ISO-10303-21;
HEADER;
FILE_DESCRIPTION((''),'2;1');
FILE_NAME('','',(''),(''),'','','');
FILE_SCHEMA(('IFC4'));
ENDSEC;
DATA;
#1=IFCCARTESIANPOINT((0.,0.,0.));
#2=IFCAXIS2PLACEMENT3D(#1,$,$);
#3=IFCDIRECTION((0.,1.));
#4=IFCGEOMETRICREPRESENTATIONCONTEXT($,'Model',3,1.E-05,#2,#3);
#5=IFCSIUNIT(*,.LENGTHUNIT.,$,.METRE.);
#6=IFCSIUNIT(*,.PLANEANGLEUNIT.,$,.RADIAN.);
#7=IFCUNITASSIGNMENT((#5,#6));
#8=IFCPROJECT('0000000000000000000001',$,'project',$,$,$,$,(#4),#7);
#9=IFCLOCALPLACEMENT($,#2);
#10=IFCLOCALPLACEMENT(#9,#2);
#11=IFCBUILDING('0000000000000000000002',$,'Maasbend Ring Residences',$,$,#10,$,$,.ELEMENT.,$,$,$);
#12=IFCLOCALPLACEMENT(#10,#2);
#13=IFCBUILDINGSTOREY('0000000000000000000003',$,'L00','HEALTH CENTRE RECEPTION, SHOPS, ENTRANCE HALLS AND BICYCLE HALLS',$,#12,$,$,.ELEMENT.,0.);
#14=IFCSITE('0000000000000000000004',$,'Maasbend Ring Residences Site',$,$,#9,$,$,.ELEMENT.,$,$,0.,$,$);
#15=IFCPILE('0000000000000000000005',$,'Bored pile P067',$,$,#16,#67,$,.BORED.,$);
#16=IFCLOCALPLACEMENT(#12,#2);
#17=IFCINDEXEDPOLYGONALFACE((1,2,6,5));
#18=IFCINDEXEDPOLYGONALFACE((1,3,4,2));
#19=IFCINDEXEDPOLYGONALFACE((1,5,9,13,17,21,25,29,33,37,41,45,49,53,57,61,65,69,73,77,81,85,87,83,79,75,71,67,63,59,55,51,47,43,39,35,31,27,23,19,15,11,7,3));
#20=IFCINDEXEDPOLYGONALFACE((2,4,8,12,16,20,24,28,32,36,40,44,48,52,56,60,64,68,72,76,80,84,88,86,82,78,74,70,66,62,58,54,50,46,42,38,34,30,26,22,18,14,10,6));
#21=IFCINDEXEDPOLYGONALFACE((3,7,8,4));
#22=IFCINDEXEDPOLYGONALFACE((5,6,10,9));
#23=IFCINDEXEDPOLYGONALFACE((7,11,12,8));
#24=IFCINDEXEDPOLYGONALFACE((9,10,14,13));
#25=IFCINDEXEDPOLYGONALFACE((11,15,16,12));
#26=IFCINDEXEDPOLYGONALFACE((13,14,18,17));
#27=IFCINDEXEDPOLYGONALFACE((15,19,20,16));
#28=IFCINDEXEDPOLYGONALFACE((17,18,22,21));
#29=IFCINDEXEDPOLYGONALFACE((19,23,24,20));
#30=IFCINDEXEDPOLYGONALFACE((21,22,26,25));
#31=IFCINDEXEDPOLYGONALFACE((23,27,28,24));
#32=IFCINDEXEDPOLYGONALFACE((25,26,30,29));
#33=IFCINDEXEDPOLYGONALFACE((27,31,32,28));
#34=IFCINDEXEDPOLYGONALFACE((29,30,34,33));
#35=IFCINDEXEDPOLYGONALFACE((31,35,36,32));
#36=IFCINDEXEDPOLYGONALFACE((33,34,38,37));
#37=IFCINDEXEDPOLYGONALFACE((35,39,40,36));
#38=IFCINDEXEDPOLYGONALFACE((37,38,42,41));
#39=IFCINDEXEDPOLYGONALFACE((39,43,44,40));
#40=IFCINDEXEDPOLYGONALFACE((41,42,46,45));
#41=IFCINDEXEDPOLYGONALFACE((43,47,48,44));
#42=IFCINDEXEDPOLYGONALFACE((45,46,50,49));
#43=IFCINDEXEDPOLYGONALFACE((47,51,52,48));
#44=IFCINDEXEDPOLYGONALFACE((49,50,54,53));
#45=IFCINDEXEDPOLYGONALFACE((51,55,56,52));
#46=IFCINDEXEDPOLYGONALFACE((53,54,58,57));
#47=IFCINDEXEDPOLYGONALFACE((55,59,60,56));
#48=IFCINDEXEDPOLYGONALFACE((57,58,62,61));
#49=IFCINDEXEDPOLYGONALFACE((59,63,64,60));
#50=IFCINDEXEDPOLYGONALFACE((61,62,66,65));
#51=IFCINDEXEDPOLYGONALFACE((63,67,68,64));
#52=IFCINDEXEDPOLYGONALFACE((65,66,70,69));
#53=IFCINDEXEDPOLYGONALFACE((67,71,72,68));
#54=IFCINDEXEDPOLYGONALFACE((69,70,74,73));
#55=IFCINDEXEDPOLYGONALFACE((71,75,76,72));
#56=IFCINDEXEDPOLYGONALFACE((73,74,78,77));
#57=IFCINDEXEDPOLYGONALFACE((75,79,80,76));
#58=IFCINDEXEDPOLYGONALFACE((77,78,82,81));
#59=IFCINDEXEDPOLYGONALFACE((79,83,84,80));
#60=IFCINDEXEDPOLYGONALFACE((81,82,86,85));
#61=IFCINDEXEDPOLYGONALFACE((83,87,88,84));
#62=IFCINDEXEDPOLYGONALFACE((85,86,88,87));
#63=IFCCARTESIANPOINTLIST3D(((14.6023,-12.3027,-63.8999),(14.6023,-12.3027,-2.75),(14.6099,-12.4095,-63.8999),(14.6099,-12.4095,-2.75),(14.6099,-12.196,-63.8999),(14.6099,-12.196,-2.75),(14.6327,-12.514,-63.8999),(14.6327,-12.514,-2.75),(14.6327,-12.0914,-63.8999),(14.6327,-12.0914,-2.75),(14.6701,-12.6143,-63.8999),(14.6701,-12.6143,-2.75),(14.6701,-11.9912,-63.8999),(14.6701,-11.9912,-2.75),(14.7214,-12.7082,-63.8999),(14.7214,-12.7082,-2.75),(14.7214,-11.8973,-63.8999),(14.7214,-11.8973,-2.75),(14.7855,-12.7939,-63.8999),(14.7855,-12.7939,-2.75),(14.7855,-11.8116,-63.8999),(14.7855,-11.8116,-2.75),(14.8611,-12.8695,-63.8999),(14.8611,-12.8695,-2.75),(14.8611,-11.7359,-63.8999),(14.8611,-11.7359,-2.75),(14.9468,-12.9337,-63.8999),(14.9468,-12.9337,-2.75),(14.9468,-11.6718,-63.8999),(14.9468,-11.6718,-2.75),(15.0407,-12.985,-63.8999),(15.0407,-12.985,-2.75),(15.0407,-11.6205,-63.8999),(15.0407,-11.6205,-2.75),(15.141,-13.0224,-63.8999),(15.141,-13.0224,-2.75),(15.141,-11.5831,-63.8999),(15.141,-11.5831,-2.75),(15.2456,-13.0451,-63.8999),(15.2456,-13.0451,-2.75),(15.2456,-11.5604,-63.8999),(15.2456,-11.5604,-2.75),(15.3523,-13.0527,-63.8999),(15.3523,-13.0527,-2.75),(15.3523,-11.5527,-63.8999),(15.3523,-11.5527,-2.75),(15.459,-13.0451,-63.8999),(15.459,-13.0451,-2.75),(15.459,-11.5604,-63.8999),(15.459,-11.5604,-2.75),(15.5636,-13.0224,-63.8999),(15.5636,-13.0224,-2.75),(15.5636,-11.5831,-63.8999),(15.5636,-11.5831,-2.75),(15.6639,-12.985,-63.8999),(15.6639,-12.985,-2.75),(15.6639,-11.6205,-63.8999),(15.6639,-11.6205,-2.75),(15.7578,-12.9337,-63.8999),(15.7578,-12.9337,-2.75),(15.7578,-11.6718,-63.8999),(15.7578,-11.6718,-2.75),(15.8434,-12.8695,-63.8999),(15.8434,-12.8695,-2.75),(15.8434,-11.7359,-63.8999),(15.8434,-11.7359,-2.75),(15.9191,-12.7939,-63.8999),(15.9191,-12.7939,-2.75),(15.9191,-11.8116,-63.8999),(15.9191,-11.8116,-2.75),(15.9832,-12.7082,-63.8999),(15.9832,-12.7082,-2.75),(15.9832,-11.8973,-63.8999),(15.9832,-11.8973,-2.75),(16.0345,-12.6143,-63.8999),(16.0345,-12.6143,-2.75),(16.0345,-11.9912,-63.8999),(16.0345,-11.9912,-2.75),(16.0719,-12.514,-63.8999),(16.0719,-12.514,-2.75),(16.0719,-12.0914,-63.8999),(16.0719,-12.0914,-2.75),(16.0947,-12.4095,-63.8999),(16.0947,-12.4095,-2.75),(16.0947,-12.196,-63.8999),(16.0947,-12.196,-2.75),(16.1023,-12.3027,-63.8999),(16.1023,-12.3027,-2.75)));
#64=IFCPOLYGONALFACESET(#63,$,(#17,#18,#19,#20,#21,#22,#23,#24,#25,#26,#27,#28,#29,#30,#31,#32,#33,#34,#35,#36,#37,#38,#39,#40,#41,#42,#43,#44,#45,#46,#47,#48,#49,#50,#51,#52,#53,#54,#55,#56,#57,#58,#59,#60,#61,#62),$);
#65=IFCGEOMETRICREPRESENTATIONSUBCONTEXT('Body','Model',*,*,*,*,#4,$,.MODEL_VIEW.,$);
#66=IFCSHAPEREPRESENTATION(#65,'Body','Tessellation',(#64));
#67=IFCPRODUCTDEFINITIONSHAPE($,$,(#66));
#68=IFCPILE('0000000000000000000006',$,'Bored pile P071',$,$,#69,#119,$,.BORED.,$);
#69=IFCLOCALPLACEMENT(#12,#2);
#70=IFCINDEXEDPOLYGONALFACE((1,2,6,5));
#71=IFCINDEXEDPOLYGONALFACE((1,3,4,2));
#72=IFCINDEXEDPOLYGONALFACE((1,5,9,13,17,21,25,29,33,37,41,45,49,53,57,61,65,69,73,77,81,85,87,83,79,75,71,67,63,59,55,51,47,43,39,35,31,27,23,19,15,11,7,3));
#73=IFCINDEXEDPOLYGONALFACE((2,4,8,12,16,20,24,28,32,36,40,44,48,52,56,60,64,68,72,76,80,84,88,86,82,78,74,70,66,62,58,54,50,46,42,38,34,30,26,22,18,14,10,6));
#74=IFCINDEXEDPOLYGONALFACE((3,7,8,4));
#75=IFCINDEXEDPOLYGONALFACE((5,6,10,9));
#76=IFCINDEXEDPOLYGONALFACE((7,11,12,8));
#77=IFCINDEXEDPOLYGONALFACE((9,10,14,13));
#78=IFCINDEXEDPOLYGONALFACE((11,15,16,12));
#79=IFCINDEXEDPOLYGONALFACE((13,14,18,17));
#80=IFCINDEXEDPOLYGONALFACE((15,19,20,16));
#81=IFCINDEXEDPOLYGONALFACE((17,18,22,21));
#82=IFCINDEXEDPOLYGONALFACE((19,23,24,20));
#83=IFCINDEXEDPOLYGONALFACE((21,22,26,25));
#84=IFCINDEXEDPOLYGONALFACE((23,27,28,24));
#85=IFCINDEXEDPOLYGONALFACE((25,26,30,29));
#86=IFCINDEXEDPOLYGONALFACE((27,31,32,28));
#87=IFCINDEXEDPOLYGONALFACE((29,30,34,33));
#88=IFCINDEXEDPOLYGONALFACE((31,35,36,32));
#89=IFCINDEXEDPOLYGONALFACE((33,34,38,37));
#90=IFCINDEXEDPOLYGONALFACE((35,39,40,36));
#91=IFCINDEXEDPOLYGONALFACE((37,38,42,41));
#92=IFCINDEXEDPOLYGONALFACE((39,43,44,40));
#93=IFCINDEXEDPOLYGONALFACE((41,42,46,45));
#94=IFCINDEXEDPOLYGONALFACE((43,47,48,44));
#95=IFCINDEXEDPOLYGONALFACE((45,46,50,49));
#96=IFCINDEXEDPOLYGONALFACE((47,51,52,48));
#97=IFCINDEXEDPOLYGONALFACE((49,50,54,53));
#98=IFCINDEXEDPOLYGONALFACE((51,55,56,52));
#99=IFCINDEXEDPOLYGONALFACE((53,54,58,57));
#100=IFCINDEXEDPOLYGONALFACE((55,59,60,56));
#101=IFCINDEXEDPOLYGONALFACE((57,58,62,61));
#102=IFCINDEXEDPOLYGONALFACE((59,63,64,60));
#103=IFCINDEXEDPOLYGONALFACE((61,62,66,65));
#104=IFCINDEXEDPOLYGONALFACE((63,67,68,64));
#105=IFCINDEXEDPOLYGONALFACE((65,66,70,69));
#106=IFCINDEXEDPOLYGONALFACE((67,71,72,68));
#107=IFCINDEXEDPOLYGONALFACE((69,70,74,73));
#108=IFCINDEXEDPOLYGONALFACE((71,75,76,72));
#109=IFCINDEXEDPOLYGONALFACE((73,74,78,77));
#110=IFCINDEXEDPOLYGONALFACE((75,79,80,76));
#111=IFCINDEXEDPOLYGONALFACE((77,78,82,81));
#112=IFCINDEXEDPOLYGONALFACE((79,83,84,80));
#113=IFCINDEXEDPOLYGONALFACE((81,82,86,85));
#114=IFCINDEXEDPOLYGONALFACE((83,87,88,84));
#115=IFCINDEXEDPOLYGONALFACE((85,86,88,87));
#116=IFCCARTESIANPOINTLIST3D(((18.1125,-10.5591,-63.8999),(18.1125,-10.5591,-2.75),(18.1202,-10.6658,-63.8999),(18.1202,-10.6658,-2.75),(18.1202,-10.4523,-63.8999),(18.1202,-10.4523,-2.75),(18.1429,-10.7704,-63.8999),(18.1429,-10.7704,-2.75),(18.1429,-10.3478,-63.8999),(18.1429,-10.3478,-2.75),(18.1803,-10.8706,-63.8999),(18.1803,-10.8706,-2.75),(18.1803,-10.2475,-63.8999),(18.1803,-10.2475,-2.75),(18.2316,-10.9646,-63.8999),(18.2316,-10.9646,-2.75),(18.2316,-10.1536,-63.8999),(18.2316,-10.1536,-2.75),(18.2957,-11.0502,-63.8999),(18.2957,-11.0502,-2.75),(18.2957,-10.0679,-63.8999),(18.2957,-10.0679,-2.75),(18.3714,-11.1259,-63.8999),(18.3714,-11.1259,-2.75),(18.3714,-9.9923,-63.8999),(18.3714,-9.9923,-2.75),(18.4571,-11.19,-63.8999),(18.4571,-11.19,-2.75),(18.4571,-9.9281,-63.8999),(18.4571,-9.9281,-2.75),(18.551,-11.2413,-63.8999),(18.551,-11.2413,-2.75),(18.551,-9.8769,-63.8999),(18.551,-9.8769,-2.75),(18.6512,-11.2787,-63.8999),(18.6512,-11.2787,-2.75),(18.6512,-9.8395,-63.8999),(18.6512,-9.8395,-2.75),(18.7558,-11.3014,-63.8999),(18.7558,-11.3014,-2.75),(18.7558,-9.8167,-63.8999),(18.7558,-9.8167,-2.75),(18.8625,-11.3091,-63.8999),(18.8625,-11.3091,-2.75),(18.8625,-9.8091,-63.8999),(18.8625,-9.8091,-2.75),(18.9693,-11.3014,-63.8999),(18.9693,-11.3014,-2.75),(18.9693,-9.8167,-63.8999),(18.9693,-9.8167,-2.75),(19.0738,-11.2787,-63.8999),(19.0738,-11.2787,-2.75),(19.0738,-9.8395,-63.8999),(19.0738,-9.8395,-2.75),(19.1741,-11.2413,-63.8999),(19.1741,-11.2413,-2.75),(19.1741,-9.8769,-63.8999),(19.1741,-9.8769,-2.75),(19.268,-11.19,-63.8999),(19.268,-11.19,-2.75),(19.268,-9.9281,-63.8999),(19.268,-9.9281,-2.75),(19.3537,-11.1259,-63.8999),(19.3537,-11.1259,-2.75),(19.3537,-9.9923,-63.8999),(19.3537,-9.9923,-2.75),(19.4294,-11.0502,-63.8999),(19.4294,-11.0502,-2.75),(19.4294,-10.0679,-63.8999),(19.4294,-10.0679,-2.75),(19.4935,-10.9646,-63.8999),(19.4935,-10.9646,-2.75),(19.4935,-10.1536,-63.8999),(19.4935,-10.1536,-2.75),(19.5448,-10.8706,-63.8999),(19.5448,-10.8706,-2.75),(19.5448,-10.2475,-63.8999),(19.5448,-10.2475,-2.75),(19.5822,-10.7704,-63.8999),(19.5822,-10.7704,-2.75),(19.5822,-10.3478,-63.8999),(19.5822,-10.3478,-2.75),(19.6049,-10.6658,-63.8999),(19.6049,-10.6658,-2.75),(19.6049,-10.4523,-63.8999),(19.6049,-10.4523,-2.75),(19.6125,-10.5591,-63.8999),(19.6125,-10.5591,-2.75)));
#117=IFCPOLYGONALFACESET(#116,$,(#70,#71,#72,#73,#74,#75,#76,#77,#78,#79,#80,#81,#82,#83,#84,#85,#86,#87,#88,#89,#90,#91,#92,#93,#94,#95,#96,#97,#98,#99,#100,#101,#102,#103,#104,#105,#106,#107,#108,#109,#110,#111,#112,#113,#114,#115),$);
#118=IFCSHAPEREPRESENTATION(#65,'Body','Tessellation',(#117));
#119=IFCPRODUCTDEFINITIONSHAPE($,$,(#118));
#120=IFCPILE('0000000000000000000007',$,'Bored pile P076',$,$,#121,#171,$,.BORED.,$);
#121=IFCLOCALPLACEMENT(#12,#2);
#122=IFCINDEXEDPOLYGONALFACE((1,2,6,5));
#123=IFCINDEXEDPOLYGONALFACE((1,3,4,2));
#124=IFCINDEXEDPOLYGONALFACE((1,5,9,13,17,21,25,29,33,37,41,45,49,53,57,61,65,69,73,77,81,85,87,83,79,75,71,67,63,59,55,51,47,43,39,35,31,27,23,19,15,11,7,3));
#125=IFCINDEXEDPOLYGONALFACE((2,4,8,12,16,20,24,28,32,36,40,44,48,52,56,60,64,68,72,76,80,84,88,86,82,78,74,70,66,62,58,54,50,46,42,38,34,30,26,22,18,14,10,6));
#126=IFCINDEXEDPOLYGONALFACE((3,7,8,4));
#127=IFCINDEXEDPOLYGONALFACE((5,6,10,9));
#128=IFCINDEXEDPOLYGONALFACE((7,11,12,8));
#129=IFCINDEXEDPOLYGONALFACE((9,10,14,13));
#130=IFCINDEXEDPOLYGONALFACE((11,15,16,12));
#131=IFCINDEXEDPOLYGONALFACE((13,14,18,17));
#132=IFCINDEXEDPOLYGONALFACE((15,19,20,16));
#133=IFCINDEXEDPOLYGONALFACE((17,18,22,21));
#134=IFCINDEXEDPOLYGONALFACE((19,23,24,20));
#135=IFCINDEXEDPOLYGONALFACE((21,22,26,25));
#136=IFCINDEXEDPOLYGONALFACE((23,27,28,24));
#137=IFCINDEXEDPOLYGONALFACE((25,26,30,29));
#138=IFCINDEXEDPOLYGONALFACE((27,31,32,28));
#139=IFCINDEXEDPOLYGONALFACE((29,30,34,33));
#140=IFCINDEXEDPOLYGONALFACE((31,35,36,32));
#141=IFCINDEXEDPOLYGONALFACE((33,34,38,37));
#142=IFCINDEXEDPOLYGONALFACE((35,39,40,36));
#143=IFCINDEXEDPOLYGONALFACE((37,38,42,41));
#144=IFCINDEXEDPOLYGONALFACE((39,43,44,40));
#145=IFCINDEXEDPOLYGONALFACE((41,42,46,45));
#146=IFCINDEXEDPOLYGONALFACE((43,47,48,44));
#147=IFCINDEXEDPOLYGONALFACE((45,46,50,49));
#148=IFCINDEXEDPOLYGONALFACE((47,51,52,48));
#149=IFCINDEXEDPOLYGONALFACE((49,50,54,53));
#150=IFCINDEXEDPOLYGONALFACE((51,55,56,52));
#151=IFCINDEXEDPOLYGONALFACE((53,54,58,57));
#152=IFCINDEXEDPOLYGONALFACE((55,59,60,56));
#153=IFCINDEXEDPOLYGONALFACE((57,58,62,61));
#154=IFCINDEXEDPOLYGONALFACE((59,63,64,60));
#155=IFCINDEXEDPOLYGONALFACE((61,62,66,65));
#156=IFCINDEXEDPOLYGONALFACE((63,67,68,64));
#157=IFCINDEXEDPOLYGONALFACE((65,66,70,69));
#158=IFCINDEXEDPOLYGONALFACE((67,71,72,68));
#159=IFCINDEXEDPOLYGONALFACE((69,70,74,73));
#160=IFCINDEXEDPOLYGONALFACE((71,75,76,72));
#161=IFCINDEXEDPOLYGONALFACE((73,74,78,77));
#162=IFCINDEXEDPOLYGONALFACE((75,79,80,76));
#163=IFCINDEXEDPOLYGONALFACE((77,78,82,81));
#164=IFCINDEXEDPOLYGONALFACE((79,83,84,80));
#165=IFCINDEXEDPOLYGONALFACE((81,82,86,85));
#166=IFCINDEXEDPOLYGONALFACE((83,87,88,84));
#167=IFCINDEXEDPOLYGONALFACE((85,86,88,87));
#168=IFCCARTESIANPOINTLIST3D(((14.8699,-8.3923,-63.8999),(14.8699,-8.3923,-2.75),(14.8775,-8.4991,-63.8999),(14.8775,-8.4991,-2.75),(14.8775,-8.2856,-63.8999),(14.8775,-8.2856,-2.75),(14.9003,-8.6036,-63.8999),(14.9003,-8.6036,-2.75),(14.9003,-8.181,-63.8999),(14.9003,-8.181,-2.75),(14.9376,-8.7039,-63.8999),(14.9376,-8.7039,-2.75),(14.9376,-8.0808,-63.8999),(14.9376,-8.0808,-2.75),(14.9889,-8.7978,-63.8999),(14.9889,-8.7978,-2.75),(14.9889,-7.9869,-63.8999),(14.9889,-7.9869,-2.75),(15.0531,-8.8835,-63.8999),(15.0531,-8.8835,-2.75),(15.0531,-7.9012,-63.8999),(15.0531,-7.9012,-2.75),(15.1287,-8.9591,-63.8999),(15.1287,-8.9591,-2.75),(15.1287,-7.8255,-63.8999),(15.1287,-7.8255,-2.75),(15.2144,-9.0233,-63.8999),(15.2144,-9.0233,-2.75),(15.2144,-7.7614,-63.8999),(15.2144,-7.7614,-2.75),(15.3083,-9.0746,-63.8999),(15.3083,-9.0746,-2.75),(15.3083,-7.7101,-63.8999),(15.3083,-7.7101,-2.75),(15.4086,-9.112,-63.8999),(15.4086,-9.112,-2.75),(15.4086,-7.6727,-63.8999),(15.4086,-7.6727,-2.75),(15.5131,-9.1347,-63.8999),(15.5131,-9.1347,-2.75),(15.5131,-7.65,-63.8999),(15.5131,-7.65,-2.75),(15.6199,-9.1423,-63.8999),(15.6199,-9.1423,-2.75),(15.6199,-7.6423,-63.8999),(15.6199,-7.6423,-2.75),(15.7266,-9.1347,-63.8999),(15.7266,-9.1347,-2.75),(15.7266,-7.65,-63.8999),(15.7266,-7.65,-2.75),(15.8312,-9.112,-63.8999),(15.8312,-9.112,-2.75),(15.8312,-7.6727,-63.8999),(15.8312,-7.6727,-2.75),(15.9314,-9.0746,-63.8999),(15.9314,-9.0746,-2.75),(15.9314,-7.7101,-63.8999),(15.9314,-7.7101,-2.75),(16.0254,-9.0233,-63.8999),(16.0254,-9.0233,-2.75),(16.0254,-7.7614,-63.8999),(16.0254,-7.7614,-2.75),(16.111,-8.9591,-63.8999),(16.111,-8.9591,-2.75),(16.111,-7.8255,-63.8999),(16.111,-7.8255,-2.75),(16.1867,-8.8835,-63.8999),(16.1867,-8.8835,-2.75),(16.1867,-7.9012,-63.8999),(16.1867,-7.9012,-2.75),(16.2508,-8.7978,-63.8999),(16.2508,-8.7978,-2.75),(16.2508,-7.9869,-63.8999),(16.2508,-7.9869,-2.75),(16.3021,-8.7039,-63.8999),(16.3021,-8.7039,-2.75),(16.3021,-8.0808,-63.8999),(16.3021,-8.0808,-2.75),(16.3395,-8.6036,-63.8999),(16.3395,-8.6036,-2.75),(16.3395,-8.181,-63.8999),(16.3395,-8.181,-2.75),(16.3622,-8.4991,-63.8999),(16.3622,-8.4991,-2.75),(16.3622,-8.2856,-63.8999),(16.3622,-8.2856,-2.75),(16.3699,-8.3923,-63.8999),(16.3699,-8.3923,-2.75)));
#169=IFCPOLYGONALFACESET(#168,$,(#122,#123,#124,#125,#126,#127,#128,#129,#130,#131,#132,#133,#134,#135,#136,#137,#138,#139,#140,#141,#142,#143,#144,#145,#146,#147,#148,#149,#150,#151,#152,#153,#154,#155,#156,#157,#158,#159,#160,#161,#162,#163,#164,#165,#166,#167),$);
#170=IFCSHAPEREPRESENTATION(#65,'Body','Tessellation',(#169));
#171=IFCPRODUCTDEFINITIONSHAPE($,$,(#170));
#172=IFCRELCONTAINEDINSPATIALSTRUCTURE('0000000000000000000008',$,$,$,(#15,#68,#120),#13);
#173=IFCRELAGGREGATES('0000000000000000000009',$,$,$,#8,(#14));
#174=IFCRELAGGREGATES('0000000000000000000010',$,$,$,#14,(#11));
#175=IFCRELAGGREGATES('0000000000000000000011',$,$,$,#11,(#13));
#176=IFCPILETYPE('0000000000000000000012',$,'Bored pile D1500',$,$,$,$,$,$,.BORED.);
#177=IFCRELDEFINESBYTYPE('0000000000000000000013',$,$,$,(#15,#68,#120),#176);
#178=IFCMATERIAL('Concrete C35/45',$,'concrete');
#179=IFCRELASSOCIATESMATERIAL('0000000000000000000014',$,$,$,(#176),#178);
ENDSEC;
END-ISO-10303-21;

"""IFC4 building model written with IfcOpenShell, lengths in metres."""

from ifc_helpers import new_model, si_unit, direction, frame, origin, origin_2d, place, context, subcontext, project, spatial, circle, extrude, material, material_profile, profile_set, type_object, element, save


model = new_model("IFC4")

# Units and contexts
model_context = context("Model", 3, precision=1e-05, world=origin(), true_north=direction((0.0, 1.0)))
body_context = subcontext(model_context, "Body", "Model", "MODEL_VIEW")
ifc_project = project(units=[si_unit("LENGTHUNIT", "METRE"), si_unit("PLANEANGLEUNIT", "RADIAN")], contexts=[model_context])

# Site, building, storey
site_placement = place(None, origin())
site = spatial("IfcSite", under=ifc_project, at=site_placement, Name="Maasbend Ring Residences Site", CompositionType="ELEMENT", RefElevation=0.0)
building_placement = place(site_placement, origin())
building = spatial("IfcBuilding", under=site, at=building_placement, Name="Maasbend Ring Residences", CompositionType="ELEMENT")
storey_placement = place(building_placement, origin())
storey = spatial("IfcBuildingStorey", under=building, at=storey_placement, Name="L00", Description="HEALTH CENTRE RECEPTION, SHOPS, ENTRANCE HALLS AND BICYCLE HALLS", CompositionType="ELEMENT", Elevation=0.0)

# Piles
ifc_material_1 = material(Name="Concrete C35/45", Category="concrete")
ifc_material_profile_1 = material_profile(ifc_material_1, circle(Radius=0.75, at=origin_2d()), Name="Bored pile D1500")
ifc_profile_set_1 = profile_set([ifc_material_profile_1], Name="Concrete C35/45")
pile_type = type_object("IfcPileType", Name="Bored pile D1500", PredefinedType="BORED", material=ifc_profile_set_1)
for number, where, z_axis, x_axis, name in (
    (1, (15.3523, -12.3027, -2.75), (0.0, 0.0, -1.0), (1.0, 0.0, 0.0), "Bored pile P067"),
    (2, (18.8625, -10.5591, -2.75), (0.0, 0.0, -1.0), (1.0, 0.0, 0.0), "Bored pile P071"),
    (3, (15.6199, -8.3923, -2.75), (0.0, 0.0, -1.0), (1.0, 0.0, 0.0), "Bored pile P076"),
):
    element("IfcPile", number, at=place(storey_placement, frame(where, z_axis=z_axis, x_axis=x_axis)), inside=storey, type_object=pile_type, Name=name, PredefinedType="BORED", context=body_context, shape_type="SweptSolid", body=[
        extrude(circle(Radius=0.75, at=origin_2d()), origin(), (0.0, 0.0, 1.0), 61.1499),
    ])

save(model, "model.ifc")
